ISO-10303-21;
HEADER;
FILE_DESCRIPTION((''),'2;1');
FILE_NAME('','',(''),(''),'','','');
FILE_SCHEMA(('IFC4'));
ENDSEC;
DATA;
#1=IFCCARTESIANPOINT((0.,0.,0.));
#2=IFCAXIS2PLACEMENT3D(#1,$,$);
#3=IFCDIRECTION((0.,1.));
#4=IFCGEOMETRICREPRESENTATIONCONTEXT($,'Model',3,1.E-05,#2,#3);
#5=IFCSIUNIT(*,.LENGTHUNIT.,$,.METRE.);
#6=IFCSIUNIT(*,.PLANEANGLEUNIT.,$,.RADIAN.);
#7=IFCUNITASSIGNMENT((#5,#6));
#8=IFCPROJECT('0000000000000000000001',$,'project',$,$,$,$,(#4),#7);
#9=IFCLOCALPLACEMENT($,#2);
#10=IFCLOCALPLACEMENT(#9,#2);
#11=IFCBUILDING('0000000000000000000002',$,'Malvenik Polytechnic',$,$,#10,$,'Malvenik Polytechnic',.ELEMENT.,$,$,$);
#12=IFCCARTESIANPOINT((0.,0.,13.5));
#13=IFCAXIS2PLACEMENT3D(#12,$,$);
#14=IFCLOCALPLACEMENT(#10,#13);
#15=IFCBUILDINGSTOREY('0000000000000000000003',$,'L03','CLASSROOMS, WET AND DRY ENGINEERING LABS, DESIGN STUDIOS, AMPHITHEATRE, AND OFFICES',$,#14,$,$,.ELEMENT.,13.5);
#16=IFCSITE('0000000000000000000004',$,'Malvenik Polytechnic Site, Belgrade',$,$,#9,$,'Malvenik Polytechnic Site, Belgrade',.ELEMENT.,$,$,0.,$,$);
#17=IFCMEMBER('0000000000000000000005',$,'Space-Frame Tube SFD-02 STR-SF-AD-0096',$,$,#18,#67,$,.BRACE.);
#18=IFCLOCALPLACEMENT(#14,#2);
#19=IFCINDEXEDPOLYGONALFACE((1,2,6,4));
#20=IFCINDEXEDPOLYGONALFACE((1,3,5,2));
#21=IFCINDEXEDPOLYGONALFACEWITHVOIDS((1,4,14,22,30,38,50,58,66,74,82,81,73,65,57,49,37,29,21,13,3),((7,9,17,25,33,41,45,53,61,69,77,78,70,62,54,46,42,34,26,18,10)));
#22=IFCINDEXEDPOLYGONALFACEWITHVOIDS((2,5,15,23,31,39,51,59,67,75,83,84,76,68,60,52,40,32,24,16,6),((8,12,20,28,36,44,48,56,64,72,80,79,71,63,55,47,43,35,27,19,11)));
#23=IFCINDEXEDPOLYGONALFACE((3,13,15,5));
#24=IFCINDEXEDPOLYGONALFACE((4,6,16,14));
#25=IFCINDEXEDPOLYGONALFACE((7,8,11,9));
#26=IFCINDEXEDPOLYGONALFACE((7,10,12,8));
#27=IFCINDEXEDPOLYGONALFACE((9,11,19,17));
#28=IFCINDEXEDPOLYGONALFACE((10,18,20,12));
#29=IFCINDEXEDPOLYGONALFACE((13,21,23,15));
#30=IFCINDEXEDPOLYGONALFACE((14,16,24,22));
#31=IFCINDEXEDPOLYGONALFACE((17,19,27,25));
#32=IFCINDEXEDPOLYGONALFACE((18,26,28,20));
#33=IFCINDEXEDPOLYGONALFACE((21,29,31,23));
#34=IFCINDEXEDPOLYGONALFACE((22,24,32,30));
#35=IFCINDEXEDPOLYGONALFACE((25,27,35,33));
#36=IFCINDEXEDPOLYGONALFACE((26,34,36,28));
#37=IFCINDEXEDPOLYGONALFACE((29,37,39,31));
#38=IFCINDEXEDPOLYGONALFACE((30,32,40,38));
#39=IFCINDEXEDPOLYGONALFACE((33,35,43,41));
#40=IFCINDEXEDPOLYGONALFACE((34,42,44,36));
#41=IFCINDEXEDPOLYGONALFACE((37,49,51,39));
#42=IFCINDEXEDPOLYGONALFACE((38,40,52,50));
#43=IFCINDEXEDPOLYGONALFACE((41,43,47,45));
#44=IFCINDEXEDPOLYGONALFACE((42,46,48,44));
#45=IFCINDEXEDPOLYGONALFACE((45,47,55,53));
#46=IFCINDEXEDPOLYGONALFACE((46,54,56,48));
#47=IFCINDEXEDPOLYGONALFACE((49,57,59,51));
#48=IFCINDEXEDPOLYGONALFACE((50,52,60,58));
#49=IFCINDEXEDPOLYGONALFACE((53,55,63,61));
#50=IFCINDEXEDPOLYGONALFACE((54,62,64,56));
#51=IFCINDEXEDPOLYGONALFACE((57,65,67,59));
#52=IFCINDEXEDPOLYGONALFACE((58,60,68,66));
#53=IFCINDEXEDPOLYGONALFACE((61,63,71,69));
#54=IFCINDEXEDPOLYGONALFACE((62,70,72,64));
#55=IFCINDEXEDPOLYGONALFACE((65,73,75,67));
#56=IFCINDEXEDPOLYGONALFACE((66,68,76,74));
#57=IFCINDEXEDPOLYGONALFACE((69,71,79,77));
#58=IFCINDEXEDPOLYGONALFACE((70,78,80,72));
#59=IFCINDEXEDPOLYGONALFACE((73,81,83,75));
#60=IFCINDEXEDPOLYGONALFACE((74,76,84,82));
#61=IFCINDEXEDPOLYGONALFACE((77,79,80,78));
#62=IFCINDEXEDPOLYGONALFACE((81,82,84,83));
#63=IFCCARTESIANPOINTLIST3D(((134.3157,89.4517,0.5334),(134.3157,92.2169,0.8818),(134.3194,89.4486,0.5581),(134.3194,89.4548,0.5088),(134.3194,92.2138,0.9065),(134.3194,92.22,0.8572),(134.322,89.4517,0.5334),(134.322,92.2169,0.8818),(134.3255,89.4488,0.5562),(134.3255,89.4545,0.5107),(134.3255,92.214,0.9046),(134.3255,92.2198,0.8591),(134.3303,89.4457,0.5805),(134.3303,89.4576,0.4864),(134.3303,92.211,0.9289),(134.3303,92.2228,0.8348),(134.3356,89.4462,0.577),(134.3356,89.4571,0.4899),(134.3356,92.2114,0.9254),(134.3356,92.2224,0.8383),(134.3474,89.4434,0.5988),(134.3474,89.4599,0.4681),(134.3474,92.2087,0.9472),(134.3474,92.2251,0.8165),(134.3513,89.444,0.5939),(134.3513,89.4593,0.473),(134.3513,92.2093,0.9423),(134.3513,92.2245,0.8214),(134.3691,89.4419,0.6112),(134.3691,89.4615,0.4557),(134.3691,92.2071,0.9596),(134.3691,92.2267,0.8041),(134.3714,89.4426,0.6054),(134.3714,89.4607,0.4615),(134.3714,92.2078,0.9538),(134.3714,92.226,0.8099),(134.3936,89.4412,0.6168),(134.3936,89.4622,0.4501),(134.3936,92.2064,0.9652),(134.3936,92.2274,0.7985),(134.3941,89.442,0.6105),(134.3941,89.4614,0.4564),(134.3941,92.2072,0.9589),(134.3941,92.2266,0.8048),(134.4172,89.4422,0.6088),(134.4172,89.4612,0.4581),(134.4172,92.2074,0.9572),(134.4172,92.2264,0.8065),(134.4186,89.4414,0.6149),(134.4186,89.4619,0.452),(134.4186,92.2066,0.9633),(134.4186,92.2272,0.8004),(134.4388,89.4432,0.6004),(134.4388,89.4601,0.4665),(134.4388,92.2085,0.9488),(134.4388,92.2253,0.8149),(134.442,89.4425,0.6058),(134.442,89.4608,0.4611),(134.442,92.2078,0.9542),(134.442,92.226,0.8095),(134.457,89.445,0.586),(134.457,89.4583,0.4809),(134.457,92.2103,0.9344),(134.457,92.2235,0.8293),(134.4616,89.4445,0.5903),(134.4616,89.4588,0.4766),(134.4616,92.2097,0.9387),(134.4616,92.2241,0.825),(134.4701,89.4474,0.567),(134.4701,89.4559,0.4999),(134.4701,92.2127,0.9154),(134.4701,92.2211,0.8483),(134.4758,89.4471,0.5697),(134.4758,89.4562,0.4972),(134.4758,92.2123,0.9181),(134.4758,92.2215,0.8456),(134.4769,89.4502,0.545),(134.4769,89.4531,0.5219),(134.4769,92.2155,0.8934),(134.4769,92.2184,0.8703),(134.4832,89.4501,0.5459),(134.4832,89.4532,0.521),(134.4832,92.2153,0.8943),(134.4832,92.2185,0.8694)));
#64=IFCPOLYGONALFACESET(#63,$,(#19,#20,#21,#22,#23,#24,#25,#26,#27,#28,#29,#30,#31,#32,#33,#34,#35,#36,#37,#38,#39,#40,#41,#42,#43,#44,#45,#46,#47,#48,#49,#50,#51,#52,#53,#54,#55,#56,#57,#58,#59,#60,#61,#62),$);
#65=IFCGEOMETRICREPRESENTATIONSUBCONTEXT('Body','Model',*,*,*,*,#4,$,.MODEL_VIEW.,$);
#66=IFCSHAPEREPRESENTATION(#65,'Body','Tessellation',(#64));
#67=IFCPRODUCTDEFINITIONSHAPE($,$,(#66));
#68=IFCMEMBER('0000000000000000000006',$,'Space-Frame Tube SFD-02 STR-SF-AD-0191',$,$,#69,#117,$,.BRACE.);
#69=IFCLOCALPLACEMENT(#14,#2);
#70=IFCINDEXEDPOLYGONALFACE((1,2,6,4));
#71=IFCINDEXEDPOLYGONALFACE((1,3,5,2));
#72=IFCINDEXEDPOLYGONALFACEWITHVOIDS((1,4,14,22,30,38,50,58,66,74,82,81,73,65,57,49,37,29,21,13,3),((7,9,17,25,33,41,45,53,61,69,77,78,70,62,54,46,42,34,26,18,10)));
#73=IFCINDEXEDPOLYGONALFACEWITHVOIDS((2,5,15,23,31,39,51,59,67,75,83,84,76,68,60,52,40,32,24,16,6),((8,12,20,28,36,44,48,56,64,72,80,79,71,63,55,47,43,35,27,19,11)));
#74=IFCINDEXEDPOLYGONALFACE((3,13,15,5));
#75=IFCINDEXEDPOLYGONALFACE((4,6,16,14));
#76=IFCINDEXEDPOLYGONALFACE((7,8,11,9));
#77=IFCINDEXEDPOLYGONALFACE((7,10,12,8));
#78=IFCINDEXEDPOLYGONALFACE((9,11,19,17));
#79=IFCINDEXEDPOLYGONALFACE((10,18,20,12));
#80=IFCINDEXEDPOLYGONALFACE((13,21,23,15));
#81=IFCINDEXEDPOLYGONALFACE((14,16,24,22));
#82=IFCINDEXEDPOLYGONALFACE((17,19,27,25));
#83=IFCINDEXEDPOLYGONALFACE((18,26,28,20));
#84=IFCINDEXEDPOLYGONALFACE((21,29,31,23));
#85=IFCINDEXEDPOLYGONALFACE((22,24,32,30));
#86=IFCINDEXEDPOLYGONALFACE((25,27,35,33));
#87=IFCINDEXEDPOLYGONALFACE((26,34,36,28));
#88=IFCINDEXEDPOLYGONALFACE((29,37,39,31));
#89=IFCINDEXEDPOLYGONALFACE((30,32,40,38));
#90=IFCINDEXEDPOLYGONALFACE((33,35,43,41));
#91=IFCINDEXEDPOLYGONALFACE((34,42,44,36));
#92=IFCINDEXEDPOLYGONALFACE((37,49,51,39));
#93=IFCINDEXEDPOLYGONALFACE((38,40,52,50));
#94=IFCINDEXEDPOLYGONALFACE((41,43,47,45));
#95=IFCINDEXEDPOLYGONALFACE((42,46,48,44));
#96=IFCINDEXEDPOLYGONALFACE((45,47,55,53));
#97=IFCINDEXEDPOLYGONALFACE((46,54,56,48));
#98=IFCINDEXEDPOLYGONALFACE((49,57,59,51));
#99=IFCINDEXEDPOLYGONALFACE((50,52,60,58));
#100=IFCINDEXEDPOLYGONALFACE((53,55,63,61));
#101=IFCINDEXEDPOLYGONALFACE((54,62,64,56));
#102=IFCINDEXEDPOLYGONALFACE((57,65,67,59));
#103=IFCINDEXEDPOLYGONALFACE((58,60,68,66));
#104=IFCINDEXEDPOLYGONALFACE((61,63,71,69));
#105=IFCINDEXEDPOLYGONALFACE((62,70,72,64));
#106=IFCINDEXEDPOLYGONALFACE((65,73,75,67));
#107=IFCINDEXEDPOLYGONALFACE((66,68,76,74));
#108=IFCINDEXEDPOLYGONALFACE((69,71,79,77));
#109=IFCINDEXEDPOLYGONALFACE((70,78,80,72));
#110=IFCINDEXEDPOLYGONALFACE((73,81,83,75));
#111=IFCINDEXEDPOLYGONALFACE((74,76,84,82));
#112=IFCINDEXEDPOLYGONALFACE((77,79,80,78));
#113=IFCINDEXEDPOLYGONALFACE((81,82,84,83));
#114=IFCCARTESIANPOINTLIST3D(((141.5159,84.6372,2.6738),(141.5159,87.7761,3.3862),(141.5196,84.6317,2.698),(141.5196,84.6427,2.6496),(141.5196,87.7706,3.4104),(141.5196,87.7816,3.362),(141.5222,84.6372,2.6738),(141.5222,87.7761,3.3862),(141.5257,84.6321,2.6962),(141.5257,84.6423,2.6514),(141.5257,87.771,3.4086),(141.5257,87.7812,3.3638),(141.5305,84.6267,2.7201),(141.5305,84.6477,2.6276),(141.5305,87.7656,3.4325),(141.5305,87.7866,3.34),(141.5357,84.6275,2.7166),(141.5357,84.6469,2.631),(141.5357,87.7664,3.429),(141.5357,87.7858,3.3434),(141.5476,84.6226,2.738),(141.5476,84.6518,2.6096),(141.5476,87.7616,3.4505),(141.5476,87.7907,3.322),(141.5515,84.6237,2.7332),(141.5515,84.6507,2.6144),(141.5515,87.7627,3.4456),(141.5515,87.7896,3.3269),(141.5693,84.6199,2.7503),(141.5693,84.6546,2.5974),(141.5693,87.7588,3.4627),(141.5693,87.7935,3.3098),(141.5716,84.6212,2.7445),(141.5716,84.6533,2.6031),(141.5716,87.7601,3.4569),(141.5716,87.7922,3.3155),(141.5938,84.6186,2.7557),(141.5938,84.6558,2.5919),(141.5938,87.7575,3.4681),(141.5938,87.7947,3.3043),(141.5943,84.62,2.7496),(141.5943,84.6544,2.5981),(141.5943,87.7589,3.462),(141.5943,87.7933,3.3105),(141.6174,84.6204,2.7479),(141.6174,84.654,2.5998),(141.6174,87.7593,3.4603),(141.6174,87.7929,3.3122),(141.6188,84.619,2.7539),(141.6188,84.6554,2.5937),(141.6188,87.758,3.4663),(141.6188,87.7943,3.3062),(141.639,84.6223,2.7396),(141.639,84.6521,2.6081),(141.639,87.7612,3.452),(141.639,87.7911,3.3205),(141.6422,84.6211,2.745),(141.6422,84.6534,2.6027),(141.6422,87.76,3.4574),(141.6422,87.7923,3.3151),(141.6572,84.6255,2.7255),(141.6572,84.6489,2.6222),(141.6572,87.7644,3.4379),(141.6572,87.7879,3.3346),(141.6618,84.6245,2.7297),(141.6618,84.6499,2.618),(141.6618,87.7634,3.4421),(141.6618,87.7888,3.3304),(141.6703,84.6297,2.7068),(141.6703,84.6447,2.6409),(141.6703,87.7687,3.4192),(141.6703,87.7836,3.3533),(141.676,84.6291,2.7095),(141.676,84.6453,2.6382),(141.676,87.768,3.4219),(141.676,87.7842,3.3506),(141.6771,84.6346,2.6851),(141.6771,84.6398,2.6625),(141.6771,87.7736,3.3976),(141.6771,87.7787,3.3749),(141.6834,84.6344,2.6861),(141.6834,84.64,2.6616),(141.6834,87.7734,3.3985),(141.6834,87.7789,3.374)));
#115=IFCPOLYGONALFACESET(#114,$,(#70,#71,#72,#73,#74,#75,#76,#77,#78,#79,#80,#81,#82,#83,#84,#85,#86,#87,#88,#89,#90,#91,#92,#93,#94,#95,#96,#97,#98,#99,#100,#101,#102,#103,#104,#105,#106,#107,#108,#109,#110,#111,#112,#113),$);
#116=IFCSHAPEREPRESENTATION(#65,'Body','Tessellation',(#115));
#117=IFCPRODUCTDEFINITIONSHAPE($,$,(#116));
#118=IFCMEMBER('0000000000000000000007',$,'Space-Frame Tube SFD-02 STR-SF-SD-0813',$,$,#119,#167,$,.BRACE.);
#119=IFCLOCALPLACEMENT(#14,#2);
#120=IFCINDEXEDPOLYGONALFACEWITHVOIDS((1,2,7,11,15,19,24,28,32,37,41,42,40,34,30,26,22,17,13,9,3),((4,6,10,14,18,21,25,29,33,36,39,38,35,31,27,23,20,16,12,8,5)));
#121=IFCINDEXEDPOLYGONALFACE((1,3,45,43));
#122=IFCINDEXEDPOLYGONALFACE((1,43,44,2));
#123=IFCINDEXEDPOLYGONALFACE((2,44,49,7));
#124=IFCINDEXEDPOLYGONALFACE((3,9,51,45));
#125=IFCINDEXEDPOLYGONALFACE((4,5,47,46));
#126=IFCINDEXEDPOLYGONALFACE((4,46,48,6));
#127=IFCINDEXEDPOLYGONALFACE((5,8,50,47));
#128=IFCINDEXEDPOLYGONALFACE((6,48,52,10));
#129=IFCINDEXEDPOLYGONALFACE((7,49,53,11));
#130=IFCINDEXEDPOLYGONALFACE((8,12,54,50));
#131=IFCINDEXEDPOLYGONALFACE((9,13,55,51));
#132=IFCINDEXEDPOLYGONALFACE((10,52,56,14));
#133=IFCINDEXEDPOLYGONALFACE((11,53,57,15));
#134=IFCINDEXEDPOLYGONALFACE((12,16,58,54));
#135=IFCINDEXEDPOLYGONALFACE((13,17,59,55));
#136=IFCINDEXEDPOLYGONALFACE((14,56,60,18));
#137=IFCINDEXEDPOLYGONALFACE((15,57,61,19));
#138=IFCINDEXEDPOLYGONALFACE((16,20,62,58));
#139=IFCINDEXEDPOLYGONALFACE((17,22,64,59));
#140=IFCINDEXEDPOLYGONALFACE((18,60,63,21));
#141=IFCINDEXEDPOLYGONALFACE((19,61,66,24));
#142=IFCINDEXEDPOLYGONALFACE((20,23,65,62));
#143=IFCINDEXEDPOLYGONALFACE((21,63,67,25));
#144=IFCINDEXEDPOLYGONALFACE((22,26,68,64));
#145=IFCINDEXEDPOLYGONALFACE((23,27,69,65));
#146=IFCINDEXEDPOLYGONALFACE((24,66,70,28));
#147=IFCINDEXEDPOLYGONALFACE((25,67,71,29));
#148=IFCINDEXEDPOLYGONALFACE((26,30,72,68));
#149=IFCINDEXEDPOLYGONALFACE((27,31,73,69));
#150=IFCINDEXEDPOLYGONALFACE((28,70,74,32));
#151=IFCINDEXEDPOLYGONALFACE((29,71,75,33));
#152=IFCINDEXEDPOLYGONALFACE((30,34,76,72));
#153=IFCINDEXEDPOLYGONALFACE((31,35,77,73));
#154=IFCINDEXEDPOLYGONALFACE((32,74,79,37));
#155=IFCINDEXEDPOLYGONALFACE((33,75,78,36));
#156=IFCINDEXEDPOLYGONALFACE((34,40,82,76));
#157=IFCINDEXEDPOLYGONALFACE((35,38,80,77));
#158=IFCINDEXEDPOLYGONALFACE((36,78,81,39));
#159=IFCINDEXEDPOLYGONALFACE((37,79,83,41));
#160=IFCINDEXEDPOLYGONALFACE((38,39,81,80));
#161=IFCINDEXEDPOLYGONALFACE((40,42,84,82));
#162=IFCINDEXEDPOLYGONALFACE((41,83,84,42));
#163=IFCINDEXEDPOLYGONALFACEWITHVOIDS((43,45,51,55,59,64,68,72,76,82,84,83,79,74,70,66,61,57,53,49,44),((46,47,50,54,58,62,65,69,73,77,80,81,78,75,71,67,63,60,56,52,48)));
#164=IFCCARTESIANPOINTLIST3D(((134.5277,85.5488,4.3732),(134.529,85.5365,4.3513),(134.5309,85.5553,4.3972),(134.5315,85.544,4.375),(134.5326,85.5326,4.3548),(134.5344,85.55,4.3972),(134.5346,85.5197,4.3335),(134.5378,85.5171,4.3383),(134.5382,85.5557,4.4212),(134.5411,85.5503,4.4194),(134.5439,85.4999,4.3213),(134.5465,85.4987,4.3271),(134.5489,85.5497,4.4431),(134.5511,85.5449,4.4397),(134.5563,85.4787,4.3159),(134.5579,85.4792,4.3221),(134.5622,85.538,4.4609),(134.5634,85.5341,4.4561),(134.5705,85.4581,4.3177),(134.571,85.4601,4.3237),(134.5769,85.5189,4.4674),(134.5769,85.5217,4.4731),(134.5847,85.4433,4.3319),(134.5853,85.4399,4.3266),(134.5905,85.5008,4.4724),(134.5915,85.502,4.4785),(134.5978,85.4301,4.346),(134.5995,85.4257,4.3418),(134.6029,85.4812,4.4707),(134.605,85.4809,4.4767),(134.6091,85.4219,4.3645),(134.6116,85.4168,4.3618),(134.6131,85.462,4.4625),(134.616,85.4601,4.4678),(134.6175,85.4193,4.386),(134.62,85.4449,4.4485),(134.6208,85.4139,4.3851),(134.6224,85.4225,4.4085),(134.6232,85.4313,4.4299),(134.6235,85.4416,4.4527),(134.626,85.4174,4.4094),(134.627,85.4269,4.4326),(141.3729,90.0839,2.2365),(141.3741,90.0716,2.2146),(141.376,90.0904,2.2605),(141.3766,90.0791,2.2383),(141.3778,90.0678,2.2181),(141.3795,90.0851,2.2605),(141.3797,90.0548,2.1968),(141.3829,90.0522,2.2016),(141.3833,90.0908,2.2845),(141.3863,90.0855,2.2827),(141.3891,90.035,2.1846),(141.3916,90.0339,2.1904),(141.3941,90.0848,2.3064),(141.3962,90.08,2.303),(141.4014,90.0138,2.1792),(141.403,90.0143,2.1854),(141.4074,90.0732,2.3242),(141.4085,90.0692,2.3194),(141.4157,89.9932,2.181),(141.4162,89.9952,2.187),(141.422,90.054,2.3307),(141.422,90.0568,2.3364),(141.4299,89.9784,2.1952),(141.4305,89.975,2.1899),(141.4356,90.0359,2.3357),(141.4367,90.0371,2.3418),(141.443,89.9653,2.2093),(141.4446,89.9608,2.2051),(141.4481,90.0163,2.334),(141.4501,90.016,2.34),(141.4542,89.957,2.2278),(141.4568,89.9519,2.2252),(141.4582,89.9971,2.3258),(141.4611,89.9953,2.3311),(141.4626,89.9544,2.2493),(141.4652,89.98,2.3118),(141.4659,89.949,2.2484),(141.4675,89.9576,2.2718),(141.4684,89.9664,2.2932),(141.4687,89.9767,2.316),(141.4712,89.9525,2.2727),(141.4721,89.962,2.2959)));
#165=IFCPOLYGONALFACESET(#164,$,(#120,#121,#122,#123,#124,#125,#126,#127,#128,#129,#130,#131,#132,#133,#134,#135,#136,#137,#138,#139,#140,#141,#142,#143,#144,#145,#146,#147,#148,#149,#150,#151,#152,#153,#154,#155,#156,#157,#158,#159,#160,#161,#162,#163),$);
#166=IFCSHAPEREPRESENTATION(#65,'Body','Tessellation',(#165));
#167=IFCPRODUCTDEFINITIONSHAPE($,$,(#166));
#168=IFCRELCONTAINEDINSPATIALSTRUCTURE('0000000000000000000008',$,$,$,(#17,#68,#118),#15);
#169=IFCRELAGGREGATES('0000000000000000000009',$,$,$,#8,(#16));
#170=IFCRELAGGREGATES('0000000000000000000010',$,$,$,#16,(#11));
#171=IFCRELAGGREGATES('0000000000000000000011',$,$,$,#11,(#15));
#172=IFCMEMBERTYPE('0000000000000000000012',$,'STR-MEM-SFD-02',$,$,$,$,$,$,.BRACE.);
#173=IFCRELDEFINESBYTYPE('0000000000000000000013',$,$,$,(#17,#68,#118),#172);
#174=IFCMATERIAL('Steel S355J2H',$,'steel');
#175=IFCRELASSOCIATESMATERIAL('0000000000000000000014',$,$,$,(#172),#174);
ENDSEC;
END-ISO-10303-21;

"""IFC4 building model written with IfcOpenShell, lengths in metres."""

from ifc_helpers import new_model, si_unit, direction, frame, origin, origin_2d, place, context, subcontext, project, spatial, hollow_circle, extrude, material, material_profile, profile_set, type_object, element, save


model = new_model("IFC4")

# Units and contexts
model_context = context("Model", 3, precision=1e-05, world=origin(), true_north=direction((0.0, 1.0)))
body_context = subcontext(model_context, "Body", "Model", "MODEL_VIEW")
ifc_project = project(units=[si_unit("LENGTHUNIT", "METRE"), si_unit("PLANEANGLEUNIT", "RADIAN")], contexts=[model_context])

# Site, building, storey
site_placement = place(None, origin())
site = spatial("IfcSite", under=ifc_project, at=site_placement, Name="Malvenik Polytechnic Site, Belgrade", LongName="Malvenik Polytechnic Site, Belgrade", CompositionType="ELEMENT", RefElevation=0.0)
building_placement = place(site_placement, origin())
building = spatial("IfcBuilding", under=site, at=building_placement, Name="Malvenik Polytechnic", LongName="Malvenik Polytechnic", CompositionType="ELEMENT")
storey_placement = place(building_placement, frame((0.0, 0.0, 13.5)))
storey = spatial("IfcBuildingStorey", under=building, at=storey_placement, Name="L03", Description="CLASSROOMS, WET AND DRY ENGINEERING LABS, DESIGN STUDIOS, AMPHITHEATRE, AND OFFICES", CompositionType="ELEMENT", Elevation=13.5)

# Members
ifc_material_1 = material(Name="Steel S355J2H", Category="steel")
ifc_material_profile_1 = material_profile(ifc_material_1, hollow_circle(Radius=0.0842, WallThickness=0.0063, at=origin_2d()), Name="CHS 168.3x6.3")
ifc_profile_set_1 = profile_set([ifc_material_profile_1], Name="Steel S355J2H")
member_type_1 = type_object("IfcMemberType", Name="STR-MEM-SFD-02", PredefinedType="BRACE", material=ifc_profile_set_1)
member_1_placement = place(storey_placement, frame((134.3999, 89.4517, 0.5334), z_axis=(0.0, 0.992156, 0.125005), x_axis=(-1.0, 0.0, 0.0)))
element("IfcMember", 1, at=member_1_placement, inside=storey, type_object=member_type_1, Name="Space-Frame Tube SFD-02 STR-SF-AD-0096", PredefinedType="BRACE", context=body_context, shape_type="SweptSolid", body=[
    extrude(hollow_circle(Radius=0.0842, WallThickness=0.0063, at=origin_2d()), origin(), (0.0, 0.0, 1.0), 2.7871),
])
member_2_placement = place(storey_placement, frame((141.6001, 84.6372, 2.6738), z_axis=(0.0, 0.975199, 0.221329), x_axis=(-1.0, 0.0, 0.0)))
element("IfcMember", 2, at=member_2_placement, inside=storey, type_object=member_type_1, Name="Space-Frame Tube SFD-02 STR-SF-AD-0191", PredefinedType="BRACE", context=body_context, shape_type="SweptSolid", body=[
    extrude(hollow_circle(Radius=0.0842, WallThickness=0.0063, at=origin_2d()), origin(), (0.0, 0.0, 1.0), 3.2188),
])
member_3_placement = place(storey_placement, frame((134.5774, 85.4851, 4.3972), z_axis=(0.806771, 0.53451, -0.251832), x_axis=(-0.55231, 0.833639, 0.0)))
element("IfcMember", 3, at=member_3_placement, inside=storey, type_object=member_type_1, Name="Space-Frame Tube SFD-02 STR-SF-SD-0813", PredefinedType="BRACE", context=body_context, shape_type="SweptSolid", body=[
    extrude(hollow_circle(Radius=0.0842, WallThickness=0.0063, at=origin_2d()), origin(), (0.0, 0.0, 1.0), 8.4846),
])

save(model, "model.ifc")
